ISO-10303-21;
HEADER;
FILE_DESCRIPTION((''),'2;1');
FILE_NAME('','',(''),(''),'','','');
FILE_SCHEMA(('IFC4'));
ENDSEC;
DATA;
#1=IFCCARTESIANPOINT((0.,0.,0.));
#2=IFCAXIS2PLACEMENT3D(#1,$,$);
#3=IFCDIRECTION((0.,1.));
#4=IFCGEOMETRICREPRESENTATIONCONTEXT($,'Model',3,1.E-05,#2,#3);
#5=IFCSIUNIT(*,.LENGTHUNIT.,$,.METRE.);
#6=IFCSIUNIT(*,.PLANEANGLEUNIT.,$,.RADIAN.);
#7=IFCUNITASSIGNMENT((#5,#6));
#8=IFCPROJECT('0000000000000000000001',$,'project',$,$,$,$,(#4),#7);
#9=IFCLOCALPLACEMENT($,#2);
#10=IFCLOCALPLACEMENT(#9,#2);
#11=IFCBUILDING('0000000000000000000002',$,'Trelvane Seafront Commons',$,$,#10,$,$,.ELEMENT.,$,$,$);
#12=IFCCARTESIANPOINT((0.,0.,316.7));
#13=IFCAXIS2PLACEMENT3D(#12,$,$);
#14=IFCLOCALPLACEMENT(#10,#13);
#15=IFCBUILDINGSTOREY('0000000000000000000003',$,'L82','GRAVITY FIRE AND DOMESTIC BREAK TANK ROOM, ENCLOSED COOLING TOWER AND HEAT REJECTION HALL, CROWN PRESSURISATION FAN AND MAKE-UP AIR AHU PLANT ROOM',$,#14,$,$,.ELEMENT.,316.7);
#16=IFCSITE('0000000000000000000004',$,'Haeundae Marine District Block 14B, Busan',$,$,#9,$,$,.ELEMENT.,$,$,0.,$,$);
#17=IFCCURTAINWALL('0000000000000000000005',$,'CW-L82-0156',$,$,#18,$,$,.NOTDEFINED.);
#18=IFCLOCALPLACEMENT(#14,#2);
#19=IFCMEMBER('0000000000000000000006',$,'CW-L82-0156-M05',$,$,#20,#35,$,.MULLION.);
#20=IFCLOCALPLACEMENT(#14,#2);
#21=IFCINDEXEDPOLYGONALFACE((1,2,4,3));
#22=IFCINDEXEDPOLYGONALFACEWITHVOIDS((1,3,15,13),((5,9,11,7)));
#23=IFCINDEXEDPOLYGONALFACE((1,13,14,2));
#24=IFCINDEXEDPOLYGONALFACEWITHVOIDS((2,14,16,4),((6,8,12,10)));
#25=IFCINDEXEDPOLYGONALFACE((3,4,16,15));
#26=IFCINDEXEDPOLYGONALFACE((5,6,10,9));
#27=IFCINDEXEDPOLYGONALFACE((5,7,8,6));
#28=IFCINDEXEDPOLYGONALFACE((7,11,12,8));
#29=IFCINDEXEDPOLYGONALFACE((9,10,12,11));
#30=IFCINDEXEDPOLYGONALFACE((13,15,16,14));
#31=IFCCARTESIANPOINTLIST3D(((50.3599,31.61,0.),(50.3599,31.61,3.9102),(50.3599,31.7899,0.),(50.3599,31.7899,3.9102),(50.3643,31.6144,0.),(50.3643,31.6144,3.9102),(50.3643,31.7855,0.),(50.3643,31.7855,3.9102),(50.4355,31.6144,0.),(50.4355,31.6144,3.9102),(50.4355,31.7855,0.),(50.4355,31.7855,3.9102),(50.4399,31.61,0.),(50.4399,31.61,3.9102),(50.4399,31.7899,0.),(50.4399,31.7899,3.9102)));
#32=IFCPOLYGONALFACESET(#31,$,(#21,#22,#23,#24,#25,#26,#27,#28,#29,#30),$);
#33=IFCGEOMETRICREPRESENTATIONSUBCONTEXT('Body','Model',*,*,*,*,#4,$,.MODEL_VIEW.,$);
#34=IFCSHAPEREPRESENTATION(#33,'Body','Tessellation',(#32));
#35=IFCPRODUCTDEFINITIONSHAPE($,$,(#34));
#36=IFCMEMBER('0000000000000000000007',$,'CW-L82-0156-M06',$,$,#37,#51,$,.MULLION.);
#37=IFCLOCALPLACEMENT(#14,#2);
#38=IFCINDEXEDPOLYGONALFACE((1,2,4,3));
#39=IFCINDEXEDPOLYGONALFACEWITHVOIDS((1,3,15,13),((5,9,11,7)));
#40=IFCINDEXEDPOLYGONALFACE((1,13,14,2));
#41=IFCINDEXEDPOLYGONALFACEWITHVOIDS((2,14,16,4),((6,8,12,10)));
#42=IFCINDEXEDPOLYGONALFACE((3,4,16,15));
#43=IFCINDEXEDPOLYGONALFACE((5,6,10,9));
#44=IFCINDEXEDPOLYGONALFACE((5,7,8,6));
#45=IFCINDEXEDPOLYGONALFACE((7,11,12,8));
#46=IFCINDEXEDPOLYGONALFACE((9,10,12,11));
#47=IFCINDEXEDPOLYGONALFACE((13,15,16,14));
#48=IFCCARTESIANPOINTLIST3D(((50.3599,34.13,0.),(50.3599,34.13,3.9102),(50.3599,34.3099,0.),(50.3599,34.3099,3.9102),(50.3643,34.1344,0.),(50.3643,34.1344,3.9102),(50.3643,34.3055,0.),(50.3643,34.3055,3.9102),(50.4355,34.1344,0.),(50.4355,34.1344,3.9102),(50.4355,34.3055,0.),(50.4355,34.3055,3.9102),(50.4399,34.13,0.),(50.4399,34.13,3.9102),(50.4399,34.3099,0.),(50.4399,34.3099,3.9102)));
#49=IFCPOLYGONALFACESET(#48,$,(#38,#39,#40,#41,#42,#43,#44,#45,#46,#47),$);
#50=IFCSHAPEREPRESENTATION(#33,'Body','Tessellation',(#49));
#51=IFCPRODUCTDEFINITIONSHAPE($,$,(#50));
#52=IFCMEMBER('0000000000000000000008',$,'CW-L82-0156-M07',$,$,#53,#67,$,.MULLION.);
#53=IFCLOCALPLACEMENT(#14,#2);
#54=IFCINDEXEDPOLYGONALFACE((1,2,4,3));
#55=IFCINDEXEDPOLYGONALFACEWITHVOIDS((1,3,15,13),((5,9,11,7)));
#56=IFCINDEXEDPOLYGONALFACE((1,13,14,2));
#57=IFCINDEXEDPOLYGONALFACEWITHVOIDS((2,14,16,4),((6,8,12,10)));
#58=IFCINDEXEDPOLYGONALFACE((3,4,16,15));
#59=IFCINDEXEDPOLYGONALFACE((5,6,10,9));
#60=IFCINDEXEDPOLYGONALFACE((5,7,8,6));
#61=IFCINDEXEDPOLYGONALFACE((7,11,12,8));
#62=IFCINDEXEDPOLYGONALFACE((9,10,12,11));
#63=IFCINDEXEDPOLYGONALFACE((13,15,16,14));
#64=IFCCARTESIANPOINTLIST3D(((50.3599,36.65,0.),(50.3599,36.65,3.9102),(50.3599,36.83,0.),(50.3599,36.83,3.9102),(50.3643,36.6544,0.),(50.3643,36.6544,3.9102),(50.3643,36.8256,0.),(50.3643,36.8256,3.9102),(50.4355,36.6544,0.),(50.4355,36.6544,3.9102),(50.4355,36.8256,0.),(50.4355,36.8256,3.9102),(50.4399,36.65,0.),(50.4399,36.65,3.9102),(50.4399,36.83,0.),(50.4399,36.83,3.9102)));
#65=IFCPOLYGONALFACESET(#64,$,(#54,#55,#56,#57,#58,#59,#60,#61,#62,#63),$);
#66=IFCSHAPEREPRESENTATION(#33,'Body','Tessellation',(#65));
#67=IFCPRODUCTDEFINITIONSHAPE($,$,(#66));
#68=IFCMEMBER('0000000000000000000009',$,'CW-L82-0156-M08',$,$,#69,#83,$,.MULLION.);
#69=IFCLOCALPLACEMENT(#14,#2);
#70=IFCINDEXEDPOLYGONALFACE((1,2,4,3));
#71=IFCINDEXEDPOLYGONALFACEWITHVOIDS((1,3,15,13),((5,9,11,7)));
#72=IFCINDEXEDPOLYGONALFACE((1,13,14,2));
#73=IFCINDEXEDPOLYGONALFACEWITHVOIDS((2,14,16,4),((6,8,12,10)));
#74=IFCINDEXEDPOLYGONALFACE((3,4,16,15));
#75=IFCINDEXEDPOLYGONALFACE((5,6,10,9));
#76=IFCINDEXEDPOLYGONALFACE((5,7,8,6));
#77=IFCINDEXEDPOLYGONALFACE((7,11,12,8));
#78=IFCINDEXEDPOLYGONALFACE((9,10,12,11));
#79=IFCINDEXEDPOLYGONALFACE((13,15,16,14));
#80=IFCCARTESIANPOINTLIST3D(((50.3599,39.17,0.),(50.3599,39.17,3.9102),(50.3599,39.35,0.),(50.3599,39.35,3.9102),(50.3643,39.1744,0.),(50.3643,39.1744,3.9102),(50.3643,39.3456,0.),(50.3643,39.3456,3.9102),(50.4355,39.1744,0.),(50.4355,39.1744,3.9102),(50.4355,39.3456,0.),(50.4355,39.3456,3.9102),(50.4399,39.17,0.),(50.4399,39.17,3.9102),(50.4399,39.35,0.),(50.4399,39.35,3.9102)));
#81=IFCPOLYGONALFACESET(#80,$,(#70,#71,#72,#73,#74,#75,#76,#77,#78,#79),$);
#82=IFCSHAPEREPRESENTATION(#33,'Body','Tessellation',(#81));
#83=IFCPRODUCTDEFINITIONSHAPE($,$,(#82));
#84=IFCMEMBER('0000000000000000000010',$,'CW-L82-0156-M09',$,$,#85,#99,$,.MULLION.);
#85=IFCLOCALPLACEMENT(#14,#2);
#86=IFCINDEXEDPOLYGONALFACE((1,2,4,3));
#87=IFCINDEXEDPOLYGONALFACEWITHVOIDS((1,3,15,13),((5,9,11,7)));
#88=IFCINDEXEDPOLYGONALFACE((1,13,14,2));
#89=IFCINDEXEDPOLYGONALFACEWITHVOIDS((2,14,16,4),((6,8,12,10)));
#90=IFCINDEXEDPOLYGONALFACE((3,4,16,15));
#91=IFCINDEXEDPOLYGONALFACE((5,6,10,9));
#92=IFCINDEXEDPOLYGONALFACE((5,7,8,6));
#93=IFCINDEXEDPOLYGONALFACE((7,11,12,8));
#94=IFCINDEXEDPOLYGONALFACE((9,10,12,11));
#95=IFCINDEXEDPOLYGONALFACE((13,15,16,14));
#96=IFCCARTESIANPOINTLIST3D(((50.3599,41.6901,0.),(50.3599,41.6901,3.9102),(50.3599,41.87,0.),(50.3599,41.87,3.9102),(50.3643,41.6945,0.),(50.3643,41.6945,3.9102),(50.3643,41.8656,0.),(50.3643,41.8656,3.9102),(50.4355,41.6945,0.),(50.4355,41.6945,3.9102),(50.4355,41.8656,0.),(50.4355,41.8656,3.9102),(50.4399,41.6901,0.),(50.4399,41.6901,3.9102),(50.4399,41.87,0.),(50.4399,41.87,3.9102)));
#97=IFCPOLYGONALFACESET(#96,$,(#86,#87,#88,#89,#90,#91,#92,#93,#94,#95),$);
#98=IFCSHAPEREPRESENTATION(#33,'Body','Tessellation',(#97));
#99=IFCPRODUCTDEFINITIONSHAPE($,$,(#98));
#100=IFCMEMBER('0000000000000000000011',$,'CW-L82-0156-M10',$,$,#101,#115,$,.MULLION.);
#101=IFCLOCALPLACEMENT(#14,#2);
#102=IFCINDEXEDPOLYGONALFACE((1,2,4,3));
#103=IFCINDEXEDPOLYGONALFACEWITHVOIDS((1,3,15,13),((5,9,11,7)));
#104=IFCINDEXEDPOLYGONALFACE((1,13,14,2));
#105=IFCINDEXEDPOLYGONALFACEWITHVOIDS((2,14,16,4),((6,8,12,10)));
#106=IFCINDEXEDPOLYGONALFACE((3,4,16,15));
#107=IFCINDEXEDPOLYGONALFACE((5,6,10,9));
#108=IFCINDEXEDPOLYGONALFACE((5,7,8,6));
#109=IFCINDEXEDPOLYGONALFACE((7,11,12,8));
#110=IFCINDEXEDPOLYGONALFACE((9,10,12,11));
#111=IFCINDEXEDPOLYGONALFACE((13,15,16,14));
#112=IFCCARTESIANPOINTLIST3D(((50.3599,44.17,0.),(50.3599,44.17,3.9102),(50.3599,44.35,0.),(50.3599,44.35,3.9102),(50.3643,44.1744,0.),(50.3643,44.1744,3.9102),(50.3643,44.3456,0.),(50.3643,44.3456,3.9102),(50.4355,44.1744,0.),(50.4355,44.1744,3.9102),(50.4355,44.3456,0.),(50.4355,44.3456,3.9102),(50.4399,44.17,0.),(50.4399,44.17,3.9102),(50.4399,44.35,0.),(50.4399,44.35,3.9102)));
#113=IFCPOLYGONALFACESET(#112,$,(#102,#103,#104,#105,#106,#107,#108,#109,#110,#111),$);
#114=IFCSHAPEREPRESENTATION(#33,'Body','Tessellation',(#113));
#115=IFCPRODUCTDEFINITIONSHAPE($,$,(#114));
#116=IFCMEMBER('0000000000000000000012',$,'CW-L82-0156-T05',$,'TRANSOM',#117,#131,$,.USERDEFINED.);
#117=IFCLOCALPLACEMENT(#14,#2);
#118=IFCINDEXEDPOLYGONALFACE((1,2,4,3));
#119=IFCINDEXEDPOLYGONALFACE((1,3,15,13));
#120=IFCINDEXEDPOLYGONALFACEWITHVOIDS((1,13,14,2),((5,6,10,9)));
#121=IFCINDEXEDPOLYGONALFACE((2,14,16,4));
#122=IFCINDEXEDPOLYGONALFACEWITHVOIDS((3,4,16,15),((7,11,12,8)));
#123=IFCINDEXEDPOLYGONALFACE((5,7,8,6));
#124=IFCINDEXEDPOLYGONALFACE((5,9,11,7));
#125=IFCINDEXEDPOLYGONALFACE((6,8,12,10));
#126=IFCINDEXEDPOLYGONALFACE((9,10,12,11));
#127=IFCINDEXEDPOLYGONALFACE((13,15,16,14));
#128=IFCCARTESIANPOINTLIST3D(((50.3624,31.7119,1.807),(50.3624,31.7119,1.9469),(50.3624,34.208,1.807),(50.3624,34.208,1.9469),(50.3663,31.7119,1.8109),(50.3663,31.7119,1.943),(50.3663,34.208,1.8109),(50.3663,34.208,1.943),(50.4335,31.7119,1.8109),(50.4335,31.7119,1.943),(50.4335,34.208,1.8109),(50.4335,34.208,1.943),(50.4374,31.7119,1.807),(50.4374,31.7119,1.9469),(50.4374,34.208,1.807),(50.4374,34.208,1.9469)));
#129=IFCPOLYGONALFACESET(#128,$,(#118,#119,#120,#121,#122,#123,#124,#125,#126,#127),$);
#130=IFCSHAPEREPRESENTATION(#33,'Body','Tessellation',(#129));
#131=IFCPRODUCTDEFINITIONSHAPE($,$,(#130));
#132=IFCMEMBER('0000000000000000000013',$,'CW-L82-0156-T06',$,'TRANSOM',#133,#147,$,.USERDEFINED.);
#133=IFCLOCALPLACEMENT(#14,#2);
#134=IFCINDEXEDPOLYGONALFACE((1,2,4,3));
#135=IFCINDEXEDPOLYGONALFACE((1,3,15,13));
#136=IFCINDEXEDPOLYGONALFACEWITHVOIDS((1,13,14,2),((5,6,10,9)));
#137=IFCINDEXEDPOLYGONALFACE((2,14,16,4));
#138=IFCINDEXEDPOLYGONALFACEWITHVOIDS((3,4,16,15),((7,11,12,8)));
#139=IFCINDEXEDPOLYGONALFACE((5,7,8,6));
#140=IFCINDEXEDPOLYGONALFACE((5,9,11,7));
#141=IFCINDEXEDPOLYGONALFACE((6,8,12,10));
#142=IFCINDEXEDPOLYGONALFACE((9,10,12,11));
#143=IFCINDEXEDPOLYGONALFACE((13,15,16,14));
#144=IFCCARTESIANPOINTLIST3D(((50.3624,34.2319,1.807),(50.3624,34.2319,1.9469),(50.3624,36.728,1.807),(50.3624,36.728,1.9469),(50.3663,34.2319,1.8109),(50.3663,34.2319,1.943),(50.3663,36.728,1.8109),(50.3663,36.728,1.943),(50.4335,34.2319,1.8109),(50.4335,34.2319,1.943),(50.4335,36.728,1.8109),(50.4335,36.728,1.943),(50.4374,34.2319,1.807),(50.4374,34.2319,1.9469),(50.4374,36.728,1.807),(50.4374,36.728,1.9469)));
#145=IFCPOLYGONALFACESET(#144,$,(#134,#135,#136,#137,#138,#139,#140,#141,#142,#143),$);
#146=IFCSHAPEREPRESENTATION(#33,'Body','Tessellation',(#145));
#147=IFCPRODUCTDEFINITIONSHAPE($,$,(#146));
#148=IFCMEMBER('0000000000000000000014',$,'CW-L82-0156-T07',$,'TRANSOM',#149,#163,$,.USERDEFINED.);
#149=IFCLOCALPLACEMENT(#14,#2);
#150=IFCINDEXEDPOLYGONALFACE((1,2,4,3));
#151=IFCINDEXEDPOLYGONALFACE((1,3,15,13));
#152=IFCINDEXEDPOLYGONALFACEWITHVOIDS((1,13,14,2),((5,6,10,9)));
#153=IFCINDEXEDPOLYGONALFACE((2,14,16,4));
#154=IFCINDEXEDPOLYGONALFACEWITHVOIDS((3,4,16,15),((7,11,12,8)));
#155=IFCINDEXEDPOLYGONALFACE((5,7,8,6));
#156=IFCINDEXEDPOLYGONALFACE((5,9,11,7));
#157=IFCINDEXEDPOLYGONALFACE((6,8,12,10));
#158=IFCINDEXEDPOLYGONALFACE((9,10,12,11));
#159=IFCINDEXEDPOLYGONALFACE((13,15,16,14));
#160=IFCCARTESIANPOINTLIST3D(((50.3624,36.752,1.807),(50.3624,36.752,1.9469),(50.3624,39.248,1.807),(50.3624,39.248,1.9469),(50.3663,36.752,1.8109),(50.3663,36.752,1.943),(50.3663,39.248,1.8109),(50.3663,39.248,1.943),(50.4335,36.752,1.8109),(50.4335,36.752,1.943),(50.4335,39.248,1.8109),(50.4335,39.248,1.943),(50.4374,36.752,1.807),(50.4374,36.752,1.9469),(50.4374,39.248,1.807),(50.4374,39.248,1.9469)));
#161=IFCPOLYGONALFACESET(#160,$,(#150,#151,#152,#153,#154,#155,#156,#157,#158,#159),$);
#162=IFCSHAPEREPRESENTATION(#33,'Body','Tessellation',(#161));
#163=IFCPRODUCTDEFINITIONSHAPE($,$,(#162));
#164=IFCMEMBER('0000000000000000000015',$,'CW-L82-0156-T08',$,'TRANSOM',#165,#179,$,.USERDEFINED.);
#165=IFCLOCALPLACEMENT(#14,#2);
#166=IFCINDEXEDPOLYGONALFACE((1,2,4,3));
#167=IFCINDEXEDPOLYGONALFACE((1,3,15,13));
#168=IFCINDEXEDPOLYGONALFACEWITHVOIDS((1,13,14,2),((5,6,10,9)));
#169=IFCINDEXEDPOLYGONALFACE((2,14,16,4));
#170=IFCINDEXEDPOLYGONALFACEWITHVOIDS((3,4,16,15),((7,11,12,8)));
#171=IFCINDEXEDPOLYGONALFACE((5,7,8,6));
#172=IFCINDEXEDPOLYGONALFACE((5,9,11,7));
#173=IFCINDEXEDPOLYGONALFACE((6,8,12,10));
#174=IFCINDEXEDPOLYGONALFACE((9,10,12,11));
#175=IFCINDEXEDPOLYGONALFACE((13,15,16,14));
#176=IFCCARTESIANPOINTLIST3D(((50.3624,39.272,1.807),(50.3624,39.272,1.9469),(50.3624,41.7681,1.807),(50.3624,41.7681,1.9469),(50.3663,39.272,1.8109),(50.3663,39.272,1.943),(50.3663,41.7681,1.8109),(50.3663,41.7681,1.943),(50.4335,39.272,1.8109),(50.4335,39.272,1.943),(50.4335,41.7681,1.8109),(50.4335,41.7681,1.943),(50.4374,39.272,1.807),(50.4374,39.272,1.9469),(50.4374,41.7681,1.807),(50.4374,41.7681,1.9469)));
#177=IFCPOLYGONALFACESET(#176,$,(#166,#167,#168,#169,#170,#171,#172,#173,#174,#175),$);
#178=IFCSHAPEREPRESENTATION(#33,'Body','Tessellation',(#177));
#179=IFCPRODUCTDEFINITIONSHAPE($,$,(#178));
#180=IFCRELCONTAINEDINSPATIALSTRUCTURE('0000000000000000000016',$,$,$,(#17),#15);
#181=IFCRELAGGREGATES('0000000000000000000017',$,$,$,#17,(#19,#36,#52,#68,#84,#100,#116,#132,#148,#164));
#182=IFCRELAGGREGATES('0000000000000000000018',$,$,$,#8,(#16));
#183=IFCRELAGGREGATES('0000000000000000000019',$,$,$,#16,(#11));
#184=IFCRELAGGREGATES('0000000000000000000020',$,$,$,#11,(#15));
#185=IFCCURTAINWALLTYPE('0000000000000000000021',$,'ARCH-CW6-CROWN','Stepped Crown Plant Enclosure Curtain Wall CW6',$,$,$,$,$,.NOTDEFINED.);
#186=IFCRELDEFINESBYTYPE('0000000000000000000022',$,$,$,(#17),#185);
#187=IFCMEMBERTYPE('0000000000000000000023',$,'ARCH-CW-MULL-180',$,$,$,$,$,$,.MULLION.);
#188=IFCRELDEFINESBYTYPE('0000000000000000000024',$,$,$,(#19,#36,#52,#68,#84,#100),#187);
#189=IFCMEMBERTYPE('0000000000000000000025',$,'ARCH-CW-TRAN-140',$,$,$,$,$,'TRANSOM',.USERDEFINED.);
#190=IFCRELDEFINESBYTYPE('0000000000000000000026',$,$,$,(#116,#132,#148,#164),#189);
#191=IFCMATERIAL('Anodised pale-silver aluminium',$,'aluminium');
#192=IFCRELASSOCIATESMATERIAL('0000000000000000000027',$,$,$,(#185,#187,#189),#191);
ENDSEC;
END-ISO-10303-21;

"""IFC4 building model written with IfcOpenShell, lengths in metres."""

from ifc_helpers import new_model, si_unit, direction, frame, origin, origin_2d, place, context, subcontext, project, spatial, hollow_rectangle, extrude, source, transform, mapped, material, material_profile, profile_set, type_object, element, aggregate, save


model = new_model("IFC4")

# Units and contexts
model_context = context("Model", 3, precision=1e-05, world=origin(), true_north=direction((0.0, 1.0)))
body_context = subcontext(model_context, "Body", "Model", "MODEL_VIEW")
ifc_project = project(units=[si_unit("LENGTHUNIT", "METRE"), si_unit("PLANEANGLEUNIT", "RADIAN")], contexts=[model_context])

# Site, building, storey
site_placement = place(None, origin())
site = spatial("IfcSite", under=ifc_project, at=site_placement, Name="Haeundae Marine District Block 14B, Busan", CompositionType="ELEMENT", RefElevation=0.0)
building_placement = place(site_placement, origin())
building = spatial("IfcBuilding", under=site, at=building_placement, Name="Trelvane Seafront Commons", CompositionType="ELEMENT")
storey_placement = place(building_placement, frame((0.0, 0.0, 316.7)))
storey = spatial("IfcBuildingStorey", under=building, at=storey_placement, Name="L82", Description="GRAVITY FIRE AND DOMESTIC BREAK TANK ROOM, ENCLOSED COOLING TOWER AND HEAT REJECTION HALL, CROWN PRESSURISATION FAN AND MAKE-UP AIR AHU PLANT ROOM", CompositionType="ELEMENT", Elevation=316.7)

# Curtain wall, members
ifc_material_1 = material(Name="Anodised pale-silver aluminium", Category="aluminium")
curtain_wall_type = type_object("IfcCurtainWallType", Name="ARCH-CW6-CROWN", Description="Stepped Crown Plant Enclosure Curtain Wall CW6", PredefinedType="NOTDEFINED", material=ifc_material_1)
curtain_wall_placement = place(storey_placement, origin())
curtain_wall = element("IfcCurtainWall", 1, at=curtain_wall_placement, inside=storey, type_object=curtain_wall_type, Name="CW-L82-0156", PredefinedType="NOTDEFINED")
ifc_material_profile_1 = material_profile(ifc_material_1, hollow_rectangle(XDim=0.0801, YDim=0.1799, WallThickness=0.0044, at=origin_2d()), Name="MULL-80x180x4.5")
ifc_profile_set_1 = profile_set([ifc_material_profile_1], Name="Anodised pale-silver aluminium")
member_type_1 = type_object("IfcMemberType", Name="ARCH-CW-MULL-180", PredefinedType="MULLION", material=ifc_profile_set_1)
shared_shape_1 = source(origin(), body_context, "Body", "SweptSolid", [
    extrude(hollow_rectangle(XDim=0.0801, YDim=0.1799, WallThickness=0.0044, at=origin_2d()), origin(), (0.0, 0.0, 1.0), 3.9102),
])
member_1_placement = place(storey_placement, frame((50.3999, 31.7, 0.0), z_axis=(0.0, 0.0, 1.0), x_axis=(1.0, 0.0, 0.0)))
member_1 = element("IfcMember", 2, at=member_1_placement, type_object=member_type_1, Name="CW-L82-0156-M05", PredefinedType="MULLION", context=body_context, shape_type="MappedRepresentation", body=[
    mapped(shared_shape_1, transform((0.0, 0.0, 0.0), x_axis=(1.0, 0.0, 0.0), y_axis=(0.0, 1.0, 0.0), z_axis=(0.0, 0.0, 1.0), scale=1.0)),
])
member_2_placement = place(storey_placement, frame((50.3999, 34.22, 0.0), z_axis=(0.0, 0.0, 1.0), x_axis=(1.0, 0.0, 0.0)))
member_2 = element("IfcMember", 3, at=member_2_placement, type_object=member_type_1, Name="CW-L82-0156-M06", PredefinedType="MULLION", context=body_context, shape_type="MappedRepresentation", body=[
    mapped(shared_shape_1, transform((0.0, 0.0, 0.0), x_axis=(1.0, 0.0, 0.0), y_axis=(0.0, 1.0, 0.0), z_axis=(0.0, 0.0, 1.0), scale=1.0)),
])
member_3_placement = place(storey_placement, frame((50.3999, 36.74, 0.0), z_axis=(0.0, 0.0, 1.0), x_axis=(1.0, 0.0, 0.0)))
member_3 = element("IfcMember", 4, at=member_3_placement, type_object=member_type_1, Name="CW-L82-0156-M07", PredefinedType="MULLION", context=body_context, shape_type="MappedRepresentation", body=[
    mapped(shared_shape_1, transform((0.0, 0.0, 0.0), x_axis=(1.0, 0.0, 0.0), y_axis=(0.0, 1.0, 0.0), z_axis=(0.0, 0.0, 1.0), scale=1.0)),
])
member_4_placement = place(storey_placement, frame((50.3999, 39.26, 0.0), z_axis=(0.0, 0.0, 1.0), x_axis=(1.0, 0.0, 0.0)))
member_4 = element("IfcMember", 5, at=member_4_placement, type_object=member_type_1, Name="CW-L82-0156-M08", PredefinedType="MULLION", context=body_context, shape_type="MappedRepresentation", body=[
    mapped(shared_shape_1, transform((0.0, 0.0, 0.0), x_axis=(1.0, 0.0, 0.0), y_axis=(0.0, 1.0, 0.0), z_axis=(0.0, 0.0, 1.0), scale=1.0)),
])
member_5_placement = place(storey_placement, frame((50.3999, 41.78, 0.0), z_axis=(0.0, 0.0, 1.0), x_axis=(1.0, 0.0, 0.0)))
member_5 = element("IfcMember", 6, at=member_5_placement, type_object=member_type_1, Name="CW-L82-0156-M09", PredefinedType="MULLION", context=body_context, shape_type="MappedRepresentation", body=[
    mapped(shared_shape_1, transform((0.0, 0.0, 0.0), x_axis=(1.0, 0.0, 0.0), y_axis=(0.0, 1.0, 0.0), z_axis=(0.0, 0.0, 1.0), scale=1.0)),
])
member_6_placement = place(storey_placement, frame((50.3999, 44.26, 0.0), z_axis=(0.0, 0.0, 1.0), x_axis=(1.0, 0.0, 0.0)))
member_6 = element("IfcMember", 7, at=member_6_placement, type_object=member_type_1, Name="CW-L82-0156-M10", PredefinedType="MULLION", context=body_context, shape_type="MappedRepresentation", body=[
    mapped(shared_shape_1, transform((0.0, 0.0, 0.0), x_axis=(1.0, 0.0, 0.0), y_axis=(0.0, 1.0, 0.0), z_axis=(0.0, 0.0, 1.0), scale=1.0)),
])
ifc_material_profile_2 = material_profile(ifc_material_1, hollow_rectangle(XDim=0.075, YDim=0.1399, WallThickness=0.0039, at=origin_2d()), Name="TRAN-75x140x4")
ifc_profile_set_2 = profile_set([ifc_material_profile_2], Name="Anodised pale-silver aluminium")
member_type_2 = type_object("IfcMemberType", Name="ARCH-CW-TRAN-140", ElementType="TRANSOM", PredefinedType="USERDEFINED", material=ifc_profile_set_2)
shared_shape_2 = source(origin(), body_context, "Body", "SweptSolid", [
    extrude(hollow_rectangle(XDim=0.075, YDim=0.1399, WallThickness=0.0039, at=origin_2d()), origin(), (0.0, 0.0, 1.0), 2.4961),
])
member_7_placement = place(storey_placement, frame((50.3999, 31.7119, 1.877), z_axis=(0.0, 1.0, 0.0), x_axis=(-1.0, 0.0, 0.0)))
member_7 = element("IfcMember", 8, at=member_7_placement, type_object=member_type_2, Name="CW-L82-0156-T05", ObjectType="TRANSOM", PredefinedType="USERDEFINED", context=body_context, shape_type="MappedRepresentation", body=[
    mapped(shared_shape_2, transform((0.0, 0.0, 0.0), x_axis=(1.0, 0.0, 0.0), y_axis=(0.0, 1.0, 0.0), z_axis=(0.0, 0.0, 1.0), scale=1.0)),
])
member_8_placement = place(storey_placement, frame((50.3999, 34.2319, 1.877), z_axis=(0.0, 1.0, 0.0), x_axis=(-1.0, 0.0, 0.0)))
member_8 = element("IfcMember", 9, at=member_8_placement, type_object=member_type_2, Name="CW-L82-0156-T06", ObjectType="TRANSOM", PredefinedType="USERDEFINED", context=body_context, shape_type="MappedRepresentation", body=[
    mapped(shared_shape_2, transform((0.0, 0.0, 0.0), x_axis=(1.0, 0.0, 0.0), y_axis=(0.0, 1.0, 0.0), z_axis=(0.0, 0.0, 1.0), scale=1.0)),
])
member_9_placement = place(storey_placement, frame((50.3999, 36.752, 1.877), z_axis=(0.0, 1.0, 0.0), x_axis=(-1.0, 0.0, 0.0)))
member_9 = element("IfcMember", 10, at=member_9_placement, type_object=member_type_2, Name="CW-L82-0156-T07", ObjectType="TRANSOM", PredefinedType="USERDEFINED", context=body_context, shape_type="MappedRepresentation", body=[
    mapped(shared_shape_2, transform((0.0, 0.0, 0.0), x_axis=(1.0, 0.0, 0.0), y_axis=(0.0, 1.0, 0.0), z_axis=(0.0, 0.0, 1.0), scale=1.0)),
])
member_10_placement = place(storey_placement, frame((50.3999, 39.272, 1.877), z_axis=(0.0, 1.0, 0.0), x_axis=(-1.0, 0.0, 0.0)))
member_10 = element("IfcMember", 11, at=member_10_placement, type_object=member_type_2, Name="CW-L82-0156-T08", ObjectType="TRANSOM", PredefinedType="USERDEFINED", context=body_context, shape_type="MappedRepresentation", body=[
    mapped(shared_shape_2, transform((0.0, 0.0, 0.0), x_axis=(1.0, 0.0, 0.0), y_axis=(0.0, 1.0, 0.0), z_axis=(0.0, 0.0, 1.0), scale=1.0)),
])
aggregate(curtain_wall, [member_1, member_2, member_3, member_4, member_5, member_6, member_7, member_8, member_9, member_10])

save(model, "model.ifc")
